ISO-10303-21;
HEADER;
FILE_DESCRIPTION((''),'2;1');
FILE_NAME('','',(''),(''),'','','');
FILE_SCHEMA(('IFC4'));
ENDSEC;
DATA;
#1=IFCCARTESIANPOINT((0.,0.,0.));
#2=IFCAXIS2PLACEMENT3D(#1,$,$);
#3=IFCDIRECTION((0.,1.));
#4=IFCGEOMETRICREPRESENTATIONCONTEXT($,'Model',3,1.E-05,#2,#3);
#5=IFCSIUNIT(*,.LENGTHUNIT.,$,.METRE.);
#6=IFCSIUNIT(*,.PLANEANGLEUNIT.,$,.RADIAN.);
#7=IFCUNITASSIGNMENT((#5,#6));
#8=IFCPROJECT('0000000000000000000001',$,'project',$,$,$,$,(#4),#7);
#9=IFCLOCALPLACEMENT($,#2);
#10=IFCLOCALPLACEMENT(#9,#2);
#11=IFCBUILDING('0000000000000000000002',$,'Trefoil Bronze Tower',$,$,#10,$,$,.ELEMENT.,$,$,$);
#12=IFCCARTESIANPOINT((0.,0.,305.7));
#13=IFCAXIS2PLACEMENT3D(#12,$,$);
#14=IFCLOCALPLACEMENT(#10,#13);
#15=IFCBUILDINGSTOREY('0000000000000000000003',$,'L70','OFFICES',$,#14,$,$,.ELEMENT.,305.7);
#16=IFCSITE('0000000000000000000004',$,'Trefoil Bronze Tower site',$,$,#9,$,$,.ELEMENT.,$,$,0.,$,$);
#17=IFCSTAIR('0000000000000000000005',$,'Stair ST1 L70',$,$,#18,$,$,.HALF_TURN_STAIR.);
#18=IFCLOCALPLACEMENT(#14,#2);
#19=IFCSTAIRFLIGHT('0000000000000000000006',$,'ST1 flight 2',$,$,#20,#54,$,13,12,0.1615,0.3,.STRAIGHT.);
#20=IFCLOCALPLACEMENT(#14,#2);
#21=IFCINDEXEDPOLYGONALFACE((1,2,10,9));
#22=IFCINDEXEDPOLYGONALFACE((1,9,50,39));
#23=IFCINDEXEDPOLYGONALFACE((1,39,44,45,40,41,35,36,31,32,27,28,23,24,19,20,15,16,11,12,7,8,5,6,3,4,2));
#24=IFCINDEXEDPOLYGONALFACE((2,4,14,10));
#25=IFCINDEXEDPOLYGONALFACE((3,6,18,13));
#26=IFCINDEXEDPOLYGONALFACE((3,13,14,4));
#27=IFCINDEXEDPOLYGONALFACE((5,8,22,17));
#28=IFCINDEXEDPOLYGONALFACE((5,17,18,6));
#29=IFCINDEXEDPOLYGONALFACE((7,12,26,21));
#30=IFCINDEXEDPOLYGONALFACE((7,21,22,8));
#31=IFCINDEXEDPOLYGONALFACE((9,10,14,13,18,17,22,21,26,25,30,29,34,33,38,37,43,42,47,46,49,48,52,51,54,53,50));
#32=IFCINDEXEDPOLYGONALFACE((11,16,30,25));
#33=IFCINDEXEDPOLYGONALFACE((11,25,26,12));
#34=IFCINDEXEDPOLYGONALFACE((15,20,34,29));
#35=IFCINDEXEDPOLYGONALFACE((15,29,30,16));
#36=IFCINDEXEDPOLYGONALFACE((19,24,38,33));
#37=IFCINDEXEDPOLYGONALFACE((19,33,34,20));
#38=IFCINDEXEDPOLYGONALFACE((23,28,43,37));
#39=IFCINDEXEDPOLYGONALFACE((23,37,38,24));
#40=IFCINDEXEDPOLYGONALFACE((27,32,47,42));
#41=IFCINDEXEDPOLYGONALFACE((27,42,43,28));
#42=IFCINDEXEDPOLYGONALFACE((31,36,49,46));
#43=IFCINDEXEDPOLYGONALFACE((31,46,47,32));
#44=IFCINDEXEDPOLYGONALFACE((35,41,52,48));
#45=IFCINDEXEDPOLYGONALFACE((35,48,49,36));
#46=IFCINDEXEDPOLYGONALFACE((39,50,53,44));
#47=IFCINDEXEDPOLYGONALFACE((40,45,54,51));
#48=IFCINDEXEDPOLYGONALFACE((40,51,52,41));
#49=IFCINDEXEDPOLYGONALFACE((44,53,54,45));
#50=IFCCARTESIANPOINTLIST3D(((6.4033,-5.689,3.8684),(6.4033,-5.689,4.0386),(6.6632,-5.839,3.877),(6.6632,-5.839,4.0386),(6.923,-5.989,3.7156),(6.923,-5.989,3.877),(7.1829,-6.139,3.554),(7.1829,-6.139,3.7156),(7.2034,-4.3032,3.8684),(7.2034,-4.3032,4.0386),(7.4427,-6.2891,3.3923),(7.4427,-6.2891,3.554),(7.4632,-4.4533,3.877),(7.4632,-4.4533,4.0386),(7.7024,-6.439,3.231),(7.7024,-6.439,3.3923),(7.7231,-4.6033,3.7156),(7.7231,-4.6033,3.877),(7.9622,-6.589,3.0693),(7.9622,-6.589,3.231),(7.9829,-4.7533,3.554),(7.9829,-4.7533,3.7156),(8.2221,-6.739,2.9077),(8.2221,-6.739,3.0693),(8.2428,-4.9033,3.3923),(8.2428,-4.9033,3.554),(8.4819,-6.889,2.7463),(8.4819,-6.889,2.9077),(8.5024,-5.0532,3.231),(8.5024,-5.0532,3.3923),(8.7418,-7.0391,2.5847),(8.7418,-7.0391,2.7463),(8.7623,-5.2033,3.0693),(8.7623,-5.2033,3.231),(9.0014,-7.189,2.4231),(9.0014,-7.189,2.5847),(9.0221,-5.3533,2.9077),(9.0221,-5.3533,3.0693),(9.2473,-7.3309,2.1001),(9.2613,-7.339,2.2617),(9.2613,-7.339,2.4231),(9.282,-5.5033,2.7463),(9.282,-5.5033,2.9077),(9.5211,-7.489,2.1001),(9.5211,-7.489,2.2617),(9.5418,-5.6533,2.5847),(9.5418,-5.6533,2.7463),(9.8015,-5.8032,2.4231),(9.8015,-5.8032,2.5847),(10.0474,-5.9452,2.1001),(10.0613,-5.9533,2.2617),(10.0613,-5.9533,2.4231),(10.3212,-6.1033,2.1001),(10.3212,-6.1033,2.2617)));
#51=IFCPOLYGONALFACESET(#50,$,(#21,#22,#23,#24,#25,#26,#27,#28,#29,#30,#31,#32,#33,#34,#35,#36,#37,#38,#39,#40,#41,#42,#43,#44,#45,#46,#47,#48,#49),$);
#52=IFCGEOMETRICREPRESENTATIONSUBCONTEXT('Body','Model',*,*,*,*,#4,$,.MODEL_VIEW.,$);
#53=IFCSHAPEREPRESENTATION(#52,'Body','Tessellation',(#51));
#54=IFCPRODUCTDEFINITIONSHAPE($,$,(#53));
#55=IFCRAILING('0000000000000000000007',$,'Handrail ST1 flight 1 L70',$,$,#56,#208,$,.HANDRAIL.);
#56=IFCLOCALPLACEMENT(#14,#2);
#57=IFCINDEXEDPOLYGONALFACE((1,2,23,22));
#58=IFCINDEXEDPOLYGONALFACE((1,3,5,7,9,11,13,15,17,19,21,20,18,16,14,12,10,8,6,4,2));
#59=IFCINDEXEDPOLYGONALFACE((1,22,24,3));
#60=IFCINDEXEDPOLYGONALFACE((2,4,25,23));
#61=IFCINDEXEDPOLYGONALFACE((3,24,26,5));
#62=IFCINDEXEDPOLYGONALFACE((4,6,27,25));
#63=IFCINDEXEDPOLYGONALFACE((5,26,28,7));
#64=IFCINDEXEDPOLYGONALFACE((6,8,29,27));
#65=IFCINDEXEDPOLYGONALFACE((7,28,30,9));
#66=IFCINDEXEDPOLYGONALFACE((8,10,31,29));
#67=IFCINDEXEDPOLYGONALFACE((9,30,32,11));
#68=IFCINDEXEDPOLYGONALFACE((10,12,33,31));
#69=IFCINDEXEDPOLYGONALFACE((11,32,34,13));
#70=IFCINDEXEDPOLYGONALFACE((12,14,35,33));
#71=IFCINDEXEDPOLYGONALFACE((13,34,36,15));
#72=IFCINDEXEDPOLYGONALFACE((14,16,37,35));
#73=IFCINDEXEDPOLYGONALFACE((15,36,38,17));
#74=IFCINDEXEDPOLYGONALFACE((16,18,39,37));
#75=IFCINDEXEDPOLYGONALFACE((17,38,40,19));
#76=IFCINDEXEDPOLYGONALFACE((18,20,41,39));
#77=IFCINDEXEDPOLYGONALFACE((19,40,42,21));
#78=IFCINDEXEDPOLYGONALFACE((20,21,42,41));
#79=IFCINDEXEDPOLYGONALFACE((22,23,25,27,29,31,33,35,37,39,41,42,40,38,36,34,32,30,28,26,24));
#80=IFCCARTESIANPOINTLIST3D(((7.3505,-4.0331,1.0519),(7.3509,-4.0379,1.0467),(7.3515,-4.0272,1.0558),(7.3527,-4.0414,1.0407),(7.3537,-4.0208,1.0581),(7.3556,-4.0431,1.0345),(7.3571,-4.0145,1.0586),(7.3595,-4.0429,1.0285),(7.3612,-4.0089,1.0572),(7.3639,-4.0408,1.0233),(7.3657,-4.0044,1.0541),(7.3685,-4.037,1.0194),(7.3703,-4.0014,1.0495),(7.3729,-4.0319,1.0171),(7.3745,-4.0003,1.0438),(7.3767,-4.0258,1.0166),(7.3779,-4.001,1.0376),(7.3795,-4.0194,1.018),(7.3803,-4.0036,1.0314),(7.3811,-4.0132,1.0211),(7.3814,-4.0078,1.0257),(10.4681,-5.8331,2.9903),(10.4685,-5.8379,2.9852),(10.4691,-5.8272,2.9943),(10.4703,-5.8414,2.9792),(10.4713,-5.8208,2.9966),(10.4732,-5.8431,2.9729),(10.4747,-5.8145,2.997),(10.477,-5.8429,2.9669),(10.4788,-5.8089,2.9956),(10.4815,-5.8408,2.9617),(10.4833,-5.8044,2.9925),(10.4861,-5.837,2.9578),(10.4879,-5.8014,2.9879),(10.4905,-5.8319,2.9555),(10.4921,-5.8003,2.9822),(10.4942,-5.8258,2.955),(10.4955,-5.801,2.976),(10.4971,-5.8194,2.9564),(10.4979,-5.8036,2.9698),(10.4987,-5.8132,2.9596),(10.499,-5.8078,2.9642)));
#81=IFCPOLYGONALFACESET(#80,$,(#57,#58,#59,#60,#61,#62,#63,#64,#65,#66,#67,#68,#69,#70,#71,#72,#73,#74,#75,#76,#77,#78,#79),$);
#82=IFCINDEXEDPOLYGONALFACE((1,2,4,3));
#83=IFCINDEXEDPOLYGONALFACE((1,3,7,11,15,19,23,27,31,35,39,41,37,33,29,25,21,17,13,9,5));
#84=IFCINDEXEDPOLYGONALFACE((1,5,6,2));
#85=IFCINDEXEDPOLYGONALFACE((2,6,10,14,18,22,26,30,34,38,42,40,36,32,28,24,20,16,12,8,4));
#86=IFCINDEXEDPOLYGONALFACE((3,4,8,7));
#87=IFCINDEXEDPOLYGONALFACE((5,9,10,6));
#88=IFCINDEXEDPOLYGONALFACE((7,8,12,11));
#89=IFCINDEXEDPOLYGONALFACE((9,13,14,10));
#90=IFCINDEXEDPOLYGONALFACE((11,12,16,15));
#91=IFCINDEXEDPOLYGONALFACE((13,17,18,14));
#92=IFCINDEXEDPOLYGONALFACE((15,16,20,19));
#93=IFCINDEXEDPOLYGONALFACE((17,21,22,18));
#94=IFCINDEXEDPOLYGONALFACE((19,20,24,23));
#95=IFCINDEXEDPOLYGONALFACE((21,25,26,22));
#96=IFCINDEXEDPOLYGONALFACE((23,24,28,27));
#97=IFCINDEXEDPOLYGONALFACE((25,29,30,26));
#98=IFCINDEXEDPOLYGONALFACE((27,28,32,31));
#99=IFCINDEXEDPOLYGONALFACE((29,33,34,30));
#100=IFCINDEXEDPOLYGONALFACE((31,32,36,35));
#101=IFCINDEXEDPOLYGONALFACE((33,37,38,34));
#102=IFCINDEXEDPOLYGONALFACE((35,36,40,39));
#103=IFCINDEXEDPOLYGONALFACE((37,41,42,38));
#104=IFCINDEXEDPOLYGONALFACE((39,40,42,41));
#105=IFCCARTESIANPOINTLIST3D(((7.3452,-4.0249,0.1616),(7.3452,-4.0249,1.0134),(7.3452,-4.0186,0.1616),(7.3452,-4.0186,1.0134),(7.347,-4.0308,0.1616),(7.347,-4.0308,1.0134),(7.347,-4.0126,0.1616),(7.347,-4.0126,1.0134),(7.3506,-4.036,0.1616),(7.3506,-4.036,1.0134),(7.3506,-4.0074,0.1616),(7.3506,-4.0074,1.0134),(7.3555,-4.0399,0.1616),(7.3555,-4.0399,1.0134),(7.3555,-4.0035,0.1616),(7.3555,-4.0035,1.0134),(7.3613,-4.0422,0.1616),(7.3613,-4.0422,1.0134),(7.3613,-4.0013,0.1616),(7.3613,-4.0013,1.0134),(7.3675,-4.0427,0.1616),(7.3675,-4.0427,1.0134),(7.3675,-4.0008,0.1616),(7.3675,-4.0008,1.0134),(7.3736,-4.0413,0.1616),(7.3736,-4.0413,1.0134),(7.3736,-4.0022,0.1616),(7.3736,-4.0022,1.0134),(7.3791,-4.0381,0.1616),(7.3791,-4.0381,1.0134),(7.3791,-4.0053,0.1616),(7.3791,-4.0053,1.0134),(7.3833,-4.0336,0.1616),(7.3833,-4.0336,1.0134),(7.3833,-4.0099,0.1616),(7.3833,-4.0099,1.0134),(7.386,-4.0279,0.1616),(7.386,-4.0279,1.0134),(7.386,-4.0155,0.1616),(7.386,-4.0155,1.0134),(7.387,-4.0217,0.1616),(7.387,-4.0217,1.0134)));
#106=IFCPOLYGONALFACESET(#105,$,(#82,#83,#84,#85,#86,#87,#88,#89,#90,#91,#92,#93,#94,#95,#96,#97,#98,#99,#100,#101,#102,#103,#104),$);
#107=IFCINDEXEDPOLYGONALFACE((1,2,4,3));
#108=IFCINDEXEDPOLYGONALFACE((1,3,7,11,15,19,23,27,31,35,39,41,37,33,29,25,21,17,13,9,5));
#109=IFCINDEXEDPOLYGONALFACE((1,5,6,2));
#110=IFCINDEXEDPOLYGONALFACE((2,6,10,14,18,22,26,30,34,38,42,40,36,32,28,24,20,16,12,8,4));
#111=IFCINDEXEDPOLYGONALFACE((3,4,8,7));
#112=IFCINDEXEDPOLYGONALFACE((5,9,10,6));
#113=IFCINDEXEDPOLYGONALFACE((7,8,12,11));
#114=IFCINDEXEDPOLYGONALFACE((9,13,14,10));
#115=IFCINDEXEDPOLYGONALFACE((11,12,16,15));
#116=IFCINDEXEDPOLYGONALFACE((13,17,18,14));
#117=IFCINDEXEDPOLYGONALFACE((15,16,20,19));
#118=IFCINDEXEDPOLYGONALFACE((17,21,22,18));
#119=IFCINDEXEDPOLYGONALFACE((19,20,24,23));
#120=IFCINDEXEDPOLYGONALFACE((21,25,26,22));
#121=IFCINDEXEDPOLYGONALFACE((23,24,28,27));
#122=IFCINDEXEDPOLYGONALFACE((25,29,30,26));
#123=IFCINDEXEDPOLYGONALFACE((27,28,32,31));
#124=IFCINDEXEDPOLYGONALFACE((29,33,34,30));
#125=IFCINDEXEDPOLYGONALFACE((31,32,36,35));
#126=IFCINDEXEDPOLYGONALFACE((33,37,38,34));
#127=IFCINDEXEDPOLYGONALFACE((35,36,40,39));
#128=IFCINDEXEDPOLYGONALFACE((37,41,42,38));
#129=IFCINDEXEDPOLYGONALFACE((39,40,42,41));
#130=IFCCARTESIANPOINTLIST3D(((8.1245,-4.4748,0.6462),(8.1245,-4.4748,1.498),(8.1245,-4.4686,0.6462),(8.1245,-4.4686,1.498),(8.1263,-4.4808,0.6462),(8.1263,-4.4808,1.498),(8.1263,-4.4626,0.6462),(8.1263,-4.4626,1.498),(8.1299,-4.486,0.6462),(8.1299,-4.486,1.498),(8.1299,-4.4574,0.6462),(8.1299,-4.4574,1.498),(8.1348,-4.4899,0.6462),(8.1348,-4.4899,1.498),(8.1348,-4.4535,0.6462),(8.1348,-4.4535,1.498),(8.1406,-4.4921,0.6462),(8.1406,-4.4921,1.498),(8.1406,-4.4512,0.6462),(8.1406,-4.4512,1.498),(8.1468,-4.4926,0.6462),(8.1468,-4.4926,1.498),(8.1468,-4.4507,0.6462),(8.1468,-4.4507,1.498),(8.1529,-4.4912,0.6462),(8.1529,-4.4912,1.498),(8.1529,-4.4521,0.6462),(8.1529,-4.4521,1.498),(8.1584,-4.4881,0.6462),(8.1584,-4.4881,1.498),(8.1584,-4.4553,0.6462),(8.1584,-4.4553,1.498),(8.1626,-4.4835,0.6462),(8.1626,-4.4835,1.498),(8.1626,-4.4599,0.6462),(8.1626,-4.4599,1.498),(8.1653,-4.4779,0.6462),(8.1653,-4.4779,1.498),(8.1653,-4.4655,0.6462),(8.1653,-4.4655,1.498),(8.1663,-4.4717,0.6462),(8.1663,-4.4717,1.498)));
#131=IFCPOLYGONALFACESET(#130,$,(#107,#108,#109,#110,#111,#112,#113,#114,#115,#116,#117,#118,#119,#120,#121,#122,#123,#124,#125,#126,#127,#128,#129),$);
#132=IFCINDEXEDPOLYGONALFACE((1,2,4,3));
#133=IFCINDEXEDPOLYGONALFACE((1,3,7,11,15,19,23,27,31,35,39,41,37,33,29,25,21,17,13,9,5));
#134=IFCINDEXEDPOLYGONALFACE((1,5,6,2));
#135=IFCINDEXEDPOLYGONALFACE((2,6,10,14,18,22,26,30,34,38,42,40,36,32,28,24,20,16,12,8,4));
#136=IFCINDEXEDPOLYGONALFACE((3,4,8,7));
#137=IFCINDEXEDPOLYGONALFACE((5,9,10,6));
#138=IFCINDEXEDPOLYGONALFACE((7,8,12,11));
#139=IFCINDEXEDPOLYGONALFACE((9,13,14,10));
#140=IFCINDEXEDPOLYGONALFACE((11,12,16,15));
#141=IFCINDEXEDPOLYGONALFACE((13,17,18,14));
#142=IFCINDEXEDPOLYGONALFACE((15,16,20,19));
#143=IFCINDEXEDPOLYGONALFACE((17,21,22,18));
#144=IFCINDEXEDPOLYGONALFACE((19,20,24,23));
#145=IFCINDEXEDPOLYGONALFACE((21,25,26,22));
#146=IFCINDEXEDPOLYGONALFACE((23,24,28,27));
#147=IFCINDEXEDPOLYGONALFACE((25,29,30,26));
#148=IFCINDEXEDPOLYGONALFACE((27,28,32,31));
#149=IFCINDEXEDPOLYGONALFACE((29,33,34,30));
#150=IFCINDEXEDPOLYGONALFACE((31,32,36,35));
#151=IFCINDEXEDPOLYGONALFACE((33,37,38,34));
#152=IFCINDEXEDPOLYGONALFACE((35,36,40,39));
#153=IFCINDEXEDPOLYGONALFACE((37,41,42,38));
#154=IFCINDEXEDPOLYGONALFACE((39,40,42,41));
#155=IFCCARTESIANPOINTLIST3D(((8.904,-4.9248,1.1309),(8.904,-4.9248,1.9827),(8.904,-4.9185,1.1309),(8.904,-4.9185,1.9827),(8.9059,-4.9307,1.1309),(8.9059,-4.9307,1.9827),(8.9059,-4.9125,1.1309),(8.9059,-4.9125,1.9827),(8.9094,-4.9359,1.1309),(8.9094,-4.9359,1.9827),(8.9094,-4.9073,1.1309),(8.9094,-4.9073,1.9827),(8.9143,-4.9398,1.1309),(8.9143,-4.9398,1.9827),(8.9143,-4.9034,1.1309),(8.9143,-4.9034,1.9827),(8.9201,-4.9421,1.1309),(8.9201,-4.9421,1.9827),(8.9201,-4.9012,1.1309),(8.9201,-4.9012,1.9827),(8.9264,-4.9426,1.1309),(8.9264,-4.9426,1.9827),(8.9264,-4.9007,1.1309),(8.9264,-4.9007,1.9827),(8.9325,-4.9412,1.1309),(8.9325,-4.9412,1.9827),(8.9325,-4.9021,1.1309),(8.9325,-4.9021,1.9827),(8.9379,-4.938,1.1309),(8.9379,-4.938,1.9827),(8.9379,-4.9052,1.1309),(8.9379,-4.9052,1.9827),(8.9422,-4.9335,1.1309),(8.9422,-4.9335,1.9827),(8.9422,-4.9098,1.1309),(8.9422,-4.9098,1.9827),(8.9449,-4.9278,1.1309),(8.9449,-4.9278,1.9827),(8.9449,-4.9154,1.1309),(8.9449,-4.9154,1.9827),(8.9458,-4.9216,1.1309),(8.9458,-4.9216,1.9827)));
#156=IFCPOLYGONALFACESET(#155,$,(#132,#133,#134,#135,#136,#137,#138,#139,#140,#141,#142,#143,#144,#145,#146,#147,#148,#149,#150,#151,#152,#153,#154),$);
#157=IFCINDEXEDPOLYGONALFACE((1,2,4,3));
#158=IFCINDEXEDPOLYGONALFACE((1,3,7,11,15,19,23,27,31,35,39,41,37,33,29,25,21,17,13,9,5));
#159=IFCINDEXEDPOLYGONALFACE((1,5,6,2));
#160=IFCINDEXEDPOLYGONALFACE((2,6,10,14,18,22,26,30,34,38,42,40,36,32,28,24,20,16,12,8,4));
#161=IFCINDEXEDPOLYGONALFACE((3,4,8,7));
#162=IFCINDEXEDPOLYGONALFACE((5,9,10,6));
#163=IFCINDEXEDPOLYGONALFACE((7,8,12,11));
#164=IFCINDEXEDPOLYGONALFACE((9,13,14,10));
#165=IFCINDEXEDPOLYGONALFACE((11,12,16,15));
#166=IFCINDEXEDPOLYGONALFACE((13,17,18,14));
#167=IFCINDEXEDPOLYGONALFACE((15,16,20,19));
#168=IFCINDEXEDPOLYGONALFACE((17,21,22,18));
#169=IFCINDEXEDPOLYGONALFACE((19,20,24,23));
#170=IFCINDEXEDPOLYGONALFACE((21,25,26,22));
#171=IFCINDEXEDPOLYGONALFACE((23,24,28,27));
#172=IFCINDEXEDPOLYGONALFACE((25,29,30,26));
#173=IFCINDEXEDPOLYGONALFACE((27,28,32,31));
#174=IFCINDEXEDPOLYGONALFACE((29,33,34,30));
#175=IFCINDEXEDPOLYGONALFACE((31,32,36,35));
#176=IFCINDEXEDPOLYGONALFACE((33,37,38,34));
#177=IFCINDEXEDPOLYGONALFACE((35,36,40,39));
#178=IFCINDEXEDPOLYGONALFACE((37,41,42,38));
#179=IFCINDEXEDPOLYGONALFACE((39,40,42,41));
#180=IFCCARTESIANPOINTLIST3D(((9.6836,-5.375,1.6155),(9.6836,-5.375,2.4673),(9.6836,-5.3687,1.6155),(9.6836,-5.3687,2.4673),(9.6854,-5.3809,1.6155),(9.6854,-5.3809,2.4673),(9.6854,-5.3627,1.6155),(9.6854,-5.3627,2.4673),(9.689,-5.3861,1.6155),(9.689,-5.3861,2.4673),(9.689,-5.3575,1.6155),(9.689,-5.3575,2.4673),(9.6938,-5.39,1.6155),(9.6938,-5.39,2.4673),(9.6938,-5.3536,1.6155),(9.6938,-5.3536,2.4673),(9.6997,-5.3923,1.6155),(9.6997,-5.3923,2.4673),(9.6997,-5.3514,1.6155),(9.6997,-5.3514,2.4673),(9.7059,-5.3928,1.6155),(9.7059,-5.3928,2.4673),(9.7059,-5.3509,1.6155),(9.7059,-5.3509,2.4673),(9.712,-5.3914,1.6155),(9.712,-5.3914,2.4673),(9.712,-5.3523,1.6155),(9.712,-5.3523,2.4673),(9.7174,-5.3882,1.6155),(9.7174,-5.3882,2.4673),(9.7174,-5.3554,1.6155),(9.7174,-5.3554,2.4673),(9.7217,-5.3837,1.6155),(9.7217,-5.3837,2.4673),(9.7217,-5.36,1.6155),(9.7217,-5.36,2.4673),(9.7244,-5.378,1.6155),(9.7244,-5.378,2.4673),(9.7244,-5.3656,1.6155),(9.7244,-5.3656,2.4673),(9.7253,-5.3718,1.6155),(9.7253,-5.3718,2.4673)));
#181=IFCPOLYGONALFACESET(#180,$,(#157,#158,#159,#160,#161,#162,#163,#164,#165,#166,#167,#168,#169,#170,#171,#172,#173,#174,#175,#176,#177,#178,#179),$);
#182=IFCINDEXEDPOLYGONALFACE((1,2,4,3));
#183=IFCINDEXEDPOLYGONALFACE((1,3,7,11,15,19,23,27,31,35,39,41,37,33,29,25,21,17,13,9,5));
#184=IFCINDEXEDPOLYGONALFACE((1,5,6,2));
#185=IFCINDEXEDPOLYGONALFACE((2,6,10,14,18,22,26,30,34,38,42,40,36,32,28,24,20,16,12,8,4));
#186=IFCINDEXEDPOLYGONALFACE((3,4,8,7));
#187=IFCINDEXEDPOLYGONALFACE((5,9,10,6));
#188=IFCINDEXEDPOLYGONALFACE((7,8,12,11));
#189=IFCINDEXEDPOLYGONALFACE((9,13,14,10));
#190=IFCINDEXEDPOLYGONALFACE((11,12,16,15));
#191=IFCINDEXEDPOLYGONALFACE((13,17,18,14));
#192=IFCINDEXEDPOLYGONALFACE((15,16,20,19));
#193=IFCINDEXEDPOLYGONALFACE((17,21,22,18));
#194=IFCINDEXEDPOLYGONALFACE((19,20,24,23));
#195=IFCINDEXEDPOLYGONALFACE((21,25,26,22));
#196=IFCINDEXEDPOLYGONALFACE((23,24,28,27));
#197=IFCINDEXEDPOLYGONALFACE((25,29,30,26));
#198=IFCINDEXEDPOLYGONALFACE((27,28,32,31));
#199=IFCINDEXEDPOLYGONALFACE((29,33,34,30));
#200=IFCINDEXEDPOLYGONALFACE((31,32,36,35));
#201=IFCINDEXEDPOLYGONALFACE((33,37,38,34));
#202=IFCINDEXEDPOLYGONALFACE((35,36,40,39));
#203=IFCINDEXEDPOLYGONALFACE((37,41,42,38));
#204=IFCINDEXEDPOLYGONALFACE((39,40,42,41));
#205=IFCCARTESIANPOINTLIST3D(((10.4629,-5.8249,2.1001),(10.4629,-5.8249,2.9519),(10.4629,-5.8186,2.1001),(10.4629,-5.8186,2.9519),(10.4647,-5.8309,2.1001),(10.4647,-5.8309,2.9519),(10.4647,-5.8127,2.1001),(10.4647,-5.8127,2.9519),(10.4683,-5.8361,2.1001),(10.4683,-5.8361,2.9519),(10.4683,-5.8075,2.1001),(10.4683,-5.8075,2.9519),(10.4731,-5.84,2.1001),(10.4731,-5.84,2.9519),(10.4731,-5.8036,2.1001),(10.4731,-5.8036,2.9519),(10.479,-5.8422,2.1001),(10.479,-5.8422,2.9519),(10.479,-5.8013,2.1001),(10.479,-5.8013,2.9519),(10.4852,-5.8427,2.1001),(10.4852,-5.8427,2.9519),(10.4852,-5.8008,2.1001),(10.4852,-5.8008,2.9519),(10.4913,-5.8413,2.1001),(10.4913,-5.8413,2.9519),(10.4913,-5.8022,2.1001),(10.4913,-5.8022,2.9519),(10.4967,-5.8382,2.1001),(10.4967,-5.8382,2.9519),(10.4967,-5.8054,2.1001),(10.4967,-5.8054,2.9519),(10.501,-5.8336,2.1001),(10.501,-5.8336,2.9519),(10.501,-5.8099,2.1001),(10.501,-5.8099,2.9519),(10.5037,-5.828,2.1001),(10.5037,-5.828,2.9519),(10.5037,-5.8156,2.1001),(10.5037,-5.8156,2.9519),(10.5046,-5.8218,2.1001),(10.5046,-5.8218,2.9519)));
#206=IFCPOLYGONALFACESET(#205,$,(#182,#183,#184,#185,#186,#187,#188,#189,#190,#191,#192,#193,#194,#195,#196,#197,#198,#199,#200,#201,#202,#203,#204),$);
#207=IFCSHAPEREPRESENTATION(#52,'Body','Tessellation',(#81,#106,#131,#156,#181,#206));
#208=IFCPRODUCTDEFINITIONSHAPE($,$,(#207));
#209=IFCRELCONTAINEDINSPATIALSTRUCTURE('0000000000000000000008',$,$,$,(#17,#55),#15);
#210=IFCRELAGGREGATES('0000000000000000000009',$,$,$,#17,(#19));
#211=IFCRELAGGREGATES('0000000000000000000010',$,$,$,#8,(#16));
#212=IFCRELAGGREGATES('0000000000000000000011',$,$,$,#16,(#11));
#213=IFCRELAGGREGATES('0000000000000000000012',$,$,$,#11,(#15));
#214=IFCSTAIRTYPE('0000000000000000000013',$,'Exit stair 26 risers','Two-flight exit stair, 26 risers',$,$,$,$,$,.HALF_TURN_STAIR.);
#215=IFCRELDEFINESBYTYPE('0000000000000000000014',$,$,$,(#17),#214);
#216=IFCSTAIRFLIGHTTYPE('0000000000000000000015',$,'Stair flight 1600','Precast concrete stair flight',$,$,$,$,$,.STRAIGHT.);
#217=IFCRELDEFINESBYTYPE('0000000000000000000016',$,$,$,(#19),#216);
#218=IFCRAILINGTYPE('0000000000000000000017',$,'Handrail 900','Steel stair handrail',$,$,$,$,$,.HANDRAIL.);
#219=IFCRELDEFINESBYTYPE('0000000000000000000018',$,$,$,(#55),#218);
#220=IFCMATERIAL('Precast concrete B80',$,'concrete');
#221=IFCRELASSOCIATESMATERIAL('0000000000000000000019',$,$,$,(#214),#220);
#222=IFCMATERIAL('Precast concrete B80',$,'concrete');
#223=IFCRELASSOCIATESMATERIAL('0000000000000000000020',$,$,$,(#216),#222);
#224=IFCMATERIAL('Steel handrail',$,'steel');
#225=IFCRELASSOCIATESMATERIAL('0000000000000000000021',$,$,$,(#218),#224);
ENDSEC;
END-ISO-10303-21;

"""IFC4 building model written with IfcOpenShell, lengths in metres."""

from ifc_helpers import new_model, si_unit, direction, frame, origin, origin_2d, place, context, subcontext, project, spatial, polyline, circle, outline, extrude, material, type_object, element, aggregate, save


model = new_model("IFC4")

# Units and contexts
model_context = context("Model", 3, precision=1e-05, world=origin(), true_north=direction((0.0, 1.0)))
body_context = subcontext(model_context, "Body", "Model", "MODEL_VIEW")
ifc_project = project(units=[si_unit("LENGTHUNIT", "METRE"), si_unit("PLANEANGLEUNIT", "RADIAN")], contexts=[model_context])

# Site, building, storey
site_placement = place(None, origin())
site = spatial("IfcSite", under=ifc_project, at=site_placement, Name="Trefoil Bronze Tower site", CompositionType="ELEMENT", RefElevation=0.0)
building_placement = place(site_placement, origin())
building = spatial("IfcBuilding", under=site, at=building_placement, Name="Trefoil Bronze Tower", CompositionType="ELEMENT")
storey_placement = place(building_placement, frame((0.0, 0.0, 305.7)))
storey = spatial("IfcBuildingStorey", under=building, at=storey_placement, Name="L70", Description="OFFICES", CompositionType="ELEMENT", Elevation=305.7)

# Stair
ifc_material_1 = material(Name="Precast concrete B80", Category="concrete")
stair_type = type_object("IfcStairType", Name="Exit stair 26 risers", Description="Two-flight exit stair, 26 risers", PredefinedType="HALF_TURN_STAIR", material=ifc_material_1)
stair_1_placement = place(storey_placement, origin())
stair_1 = element("IfcStair", 1, at=stair_1_placement, inside=storey, type_object=stair_type, Name="Stair ST1 L70", PredefinedType="HALF_TURN_STAIR")

# Stair flight
ifc_material_2 = material(Name="Precast concrete B80", Category="concrete")
stair_flight_type = type_object("IfcStairFlightType", Name="Stair flight 1600", Description="Precast concrete stair flight", PredefinedType="STRAIGHT", material=ifc_material_2)
stair_flight_1_placement = place(storey_placement, frame((9.9211, -6.7961, 2.1001), z_axis=(0.0, 0.0, 1.0), x_axis=(-0.866025, 0.5, 0.0)))
stair_flight_1 = element("IfcStairFlight", 2, at=stair_flight_1_placement, type_object=stair_flight_type, Name="ST1 flight 2", NumberOfRisers=13, NumberOfTreads=12, PredefinedType="STRAIGHT", RiserHeight=0.1615, TreadLength=0.3, context=body_context, shape_type="SweptSolid", body=[
    extrude(outline(polyline([(0.0, 0.0), (0.0, 0.1616), (0.3, 0.1616), (0.3, 0.323), (0.6001, 0.323), (0.6001, 0.4846), (0.8999, 0.4846), (0.8999, 0.6462), (1.2, 0.6462), (1.2, 0.8076), (1.5, 0.8076), (1.5, 0.9692), (1.8, 0.9692), (1.8, 1.1309), (2.1001, 1.1309), (2.1001, 1.2922), (2.3999, 1.2922), (2.3999, 1.4539), (2.7, 1.4539), (2.7, 1.6155), (3.0, 1.6155), (3.0, 1.7769), (3.3, 1.7769), (3.3, 1.9385), (3.6001, 1.9385), (3.6001, 2.1001), (3.6001, 1.7683), (0.3162, 0.0), (0.0, 0.0)])), frame((0.0, 0.8, 0.0), z_axis=(0.0, -1.0, 0.0), x_axis=(1.0, 0.0, 0.0)), (0.0, 0.0, 1.0), 1.6001),
])
aggregate(stair_1, [stair_flight_1])

# Railing
ifc_material_3 = material(Name="Steel handrail", Category="steel")
railing_type = type_object("IfcRailingType", Name="Handrail 900", Description="Steel stair handrail", PredefinedType="HANDRAIL", material=ifc_material_3)
railing_1_placement = place(storey_placement, frame((7.366, -4.0217, 0.1616)))
element("IfcRailing", 3, at=railing_1_placement, inside=storey, type_object=railing_type, Name="Handrail ST1 flight 1 L70", PredefinedType="HANDRAIL", context=body_context, shape_type="SweptSolid", body=[
    extrude(circle(Radius=0.0239, at=origin_2d()), frame((0.0, 0.0, 0.876), z_axis=(0.762503, -0.440246, 0.474102), x_axis=(0.500012, 0.866018, 0.0)), (0.0, 0.0, 1.0), 4.0886),
    extrude(circle(Radius=0.021, at=origin_2d()), origin(), (0.0, 0.0, 1.0), 0.8518),
    extrude(circle(Radius=0.021, at=origin_2d()), frame((0.7793, -0.45, 0.4846)), (0.0, 0.0, 1.0), 0.8518),
    extrude(circle(Radius=0.021, at=origin_2d()), frame((1.5588, -0.8999, 0.9692)), (0.0, 0.0, 1.0), 0.8518),
    extrude(circle(Radius=0.021, at=origin_2d()), frame((2.3384, -1.3501, 1.4539)), (0.0, 0.0, 1.0), 0.8518),
    extrude(circle(Radius=0.021, at=origin_2d()), frame((3.1177, -1.8, 1.9385)), (0.0, 0.0, 1.0), 0.8518),
])

save(model, "model.ifc")
